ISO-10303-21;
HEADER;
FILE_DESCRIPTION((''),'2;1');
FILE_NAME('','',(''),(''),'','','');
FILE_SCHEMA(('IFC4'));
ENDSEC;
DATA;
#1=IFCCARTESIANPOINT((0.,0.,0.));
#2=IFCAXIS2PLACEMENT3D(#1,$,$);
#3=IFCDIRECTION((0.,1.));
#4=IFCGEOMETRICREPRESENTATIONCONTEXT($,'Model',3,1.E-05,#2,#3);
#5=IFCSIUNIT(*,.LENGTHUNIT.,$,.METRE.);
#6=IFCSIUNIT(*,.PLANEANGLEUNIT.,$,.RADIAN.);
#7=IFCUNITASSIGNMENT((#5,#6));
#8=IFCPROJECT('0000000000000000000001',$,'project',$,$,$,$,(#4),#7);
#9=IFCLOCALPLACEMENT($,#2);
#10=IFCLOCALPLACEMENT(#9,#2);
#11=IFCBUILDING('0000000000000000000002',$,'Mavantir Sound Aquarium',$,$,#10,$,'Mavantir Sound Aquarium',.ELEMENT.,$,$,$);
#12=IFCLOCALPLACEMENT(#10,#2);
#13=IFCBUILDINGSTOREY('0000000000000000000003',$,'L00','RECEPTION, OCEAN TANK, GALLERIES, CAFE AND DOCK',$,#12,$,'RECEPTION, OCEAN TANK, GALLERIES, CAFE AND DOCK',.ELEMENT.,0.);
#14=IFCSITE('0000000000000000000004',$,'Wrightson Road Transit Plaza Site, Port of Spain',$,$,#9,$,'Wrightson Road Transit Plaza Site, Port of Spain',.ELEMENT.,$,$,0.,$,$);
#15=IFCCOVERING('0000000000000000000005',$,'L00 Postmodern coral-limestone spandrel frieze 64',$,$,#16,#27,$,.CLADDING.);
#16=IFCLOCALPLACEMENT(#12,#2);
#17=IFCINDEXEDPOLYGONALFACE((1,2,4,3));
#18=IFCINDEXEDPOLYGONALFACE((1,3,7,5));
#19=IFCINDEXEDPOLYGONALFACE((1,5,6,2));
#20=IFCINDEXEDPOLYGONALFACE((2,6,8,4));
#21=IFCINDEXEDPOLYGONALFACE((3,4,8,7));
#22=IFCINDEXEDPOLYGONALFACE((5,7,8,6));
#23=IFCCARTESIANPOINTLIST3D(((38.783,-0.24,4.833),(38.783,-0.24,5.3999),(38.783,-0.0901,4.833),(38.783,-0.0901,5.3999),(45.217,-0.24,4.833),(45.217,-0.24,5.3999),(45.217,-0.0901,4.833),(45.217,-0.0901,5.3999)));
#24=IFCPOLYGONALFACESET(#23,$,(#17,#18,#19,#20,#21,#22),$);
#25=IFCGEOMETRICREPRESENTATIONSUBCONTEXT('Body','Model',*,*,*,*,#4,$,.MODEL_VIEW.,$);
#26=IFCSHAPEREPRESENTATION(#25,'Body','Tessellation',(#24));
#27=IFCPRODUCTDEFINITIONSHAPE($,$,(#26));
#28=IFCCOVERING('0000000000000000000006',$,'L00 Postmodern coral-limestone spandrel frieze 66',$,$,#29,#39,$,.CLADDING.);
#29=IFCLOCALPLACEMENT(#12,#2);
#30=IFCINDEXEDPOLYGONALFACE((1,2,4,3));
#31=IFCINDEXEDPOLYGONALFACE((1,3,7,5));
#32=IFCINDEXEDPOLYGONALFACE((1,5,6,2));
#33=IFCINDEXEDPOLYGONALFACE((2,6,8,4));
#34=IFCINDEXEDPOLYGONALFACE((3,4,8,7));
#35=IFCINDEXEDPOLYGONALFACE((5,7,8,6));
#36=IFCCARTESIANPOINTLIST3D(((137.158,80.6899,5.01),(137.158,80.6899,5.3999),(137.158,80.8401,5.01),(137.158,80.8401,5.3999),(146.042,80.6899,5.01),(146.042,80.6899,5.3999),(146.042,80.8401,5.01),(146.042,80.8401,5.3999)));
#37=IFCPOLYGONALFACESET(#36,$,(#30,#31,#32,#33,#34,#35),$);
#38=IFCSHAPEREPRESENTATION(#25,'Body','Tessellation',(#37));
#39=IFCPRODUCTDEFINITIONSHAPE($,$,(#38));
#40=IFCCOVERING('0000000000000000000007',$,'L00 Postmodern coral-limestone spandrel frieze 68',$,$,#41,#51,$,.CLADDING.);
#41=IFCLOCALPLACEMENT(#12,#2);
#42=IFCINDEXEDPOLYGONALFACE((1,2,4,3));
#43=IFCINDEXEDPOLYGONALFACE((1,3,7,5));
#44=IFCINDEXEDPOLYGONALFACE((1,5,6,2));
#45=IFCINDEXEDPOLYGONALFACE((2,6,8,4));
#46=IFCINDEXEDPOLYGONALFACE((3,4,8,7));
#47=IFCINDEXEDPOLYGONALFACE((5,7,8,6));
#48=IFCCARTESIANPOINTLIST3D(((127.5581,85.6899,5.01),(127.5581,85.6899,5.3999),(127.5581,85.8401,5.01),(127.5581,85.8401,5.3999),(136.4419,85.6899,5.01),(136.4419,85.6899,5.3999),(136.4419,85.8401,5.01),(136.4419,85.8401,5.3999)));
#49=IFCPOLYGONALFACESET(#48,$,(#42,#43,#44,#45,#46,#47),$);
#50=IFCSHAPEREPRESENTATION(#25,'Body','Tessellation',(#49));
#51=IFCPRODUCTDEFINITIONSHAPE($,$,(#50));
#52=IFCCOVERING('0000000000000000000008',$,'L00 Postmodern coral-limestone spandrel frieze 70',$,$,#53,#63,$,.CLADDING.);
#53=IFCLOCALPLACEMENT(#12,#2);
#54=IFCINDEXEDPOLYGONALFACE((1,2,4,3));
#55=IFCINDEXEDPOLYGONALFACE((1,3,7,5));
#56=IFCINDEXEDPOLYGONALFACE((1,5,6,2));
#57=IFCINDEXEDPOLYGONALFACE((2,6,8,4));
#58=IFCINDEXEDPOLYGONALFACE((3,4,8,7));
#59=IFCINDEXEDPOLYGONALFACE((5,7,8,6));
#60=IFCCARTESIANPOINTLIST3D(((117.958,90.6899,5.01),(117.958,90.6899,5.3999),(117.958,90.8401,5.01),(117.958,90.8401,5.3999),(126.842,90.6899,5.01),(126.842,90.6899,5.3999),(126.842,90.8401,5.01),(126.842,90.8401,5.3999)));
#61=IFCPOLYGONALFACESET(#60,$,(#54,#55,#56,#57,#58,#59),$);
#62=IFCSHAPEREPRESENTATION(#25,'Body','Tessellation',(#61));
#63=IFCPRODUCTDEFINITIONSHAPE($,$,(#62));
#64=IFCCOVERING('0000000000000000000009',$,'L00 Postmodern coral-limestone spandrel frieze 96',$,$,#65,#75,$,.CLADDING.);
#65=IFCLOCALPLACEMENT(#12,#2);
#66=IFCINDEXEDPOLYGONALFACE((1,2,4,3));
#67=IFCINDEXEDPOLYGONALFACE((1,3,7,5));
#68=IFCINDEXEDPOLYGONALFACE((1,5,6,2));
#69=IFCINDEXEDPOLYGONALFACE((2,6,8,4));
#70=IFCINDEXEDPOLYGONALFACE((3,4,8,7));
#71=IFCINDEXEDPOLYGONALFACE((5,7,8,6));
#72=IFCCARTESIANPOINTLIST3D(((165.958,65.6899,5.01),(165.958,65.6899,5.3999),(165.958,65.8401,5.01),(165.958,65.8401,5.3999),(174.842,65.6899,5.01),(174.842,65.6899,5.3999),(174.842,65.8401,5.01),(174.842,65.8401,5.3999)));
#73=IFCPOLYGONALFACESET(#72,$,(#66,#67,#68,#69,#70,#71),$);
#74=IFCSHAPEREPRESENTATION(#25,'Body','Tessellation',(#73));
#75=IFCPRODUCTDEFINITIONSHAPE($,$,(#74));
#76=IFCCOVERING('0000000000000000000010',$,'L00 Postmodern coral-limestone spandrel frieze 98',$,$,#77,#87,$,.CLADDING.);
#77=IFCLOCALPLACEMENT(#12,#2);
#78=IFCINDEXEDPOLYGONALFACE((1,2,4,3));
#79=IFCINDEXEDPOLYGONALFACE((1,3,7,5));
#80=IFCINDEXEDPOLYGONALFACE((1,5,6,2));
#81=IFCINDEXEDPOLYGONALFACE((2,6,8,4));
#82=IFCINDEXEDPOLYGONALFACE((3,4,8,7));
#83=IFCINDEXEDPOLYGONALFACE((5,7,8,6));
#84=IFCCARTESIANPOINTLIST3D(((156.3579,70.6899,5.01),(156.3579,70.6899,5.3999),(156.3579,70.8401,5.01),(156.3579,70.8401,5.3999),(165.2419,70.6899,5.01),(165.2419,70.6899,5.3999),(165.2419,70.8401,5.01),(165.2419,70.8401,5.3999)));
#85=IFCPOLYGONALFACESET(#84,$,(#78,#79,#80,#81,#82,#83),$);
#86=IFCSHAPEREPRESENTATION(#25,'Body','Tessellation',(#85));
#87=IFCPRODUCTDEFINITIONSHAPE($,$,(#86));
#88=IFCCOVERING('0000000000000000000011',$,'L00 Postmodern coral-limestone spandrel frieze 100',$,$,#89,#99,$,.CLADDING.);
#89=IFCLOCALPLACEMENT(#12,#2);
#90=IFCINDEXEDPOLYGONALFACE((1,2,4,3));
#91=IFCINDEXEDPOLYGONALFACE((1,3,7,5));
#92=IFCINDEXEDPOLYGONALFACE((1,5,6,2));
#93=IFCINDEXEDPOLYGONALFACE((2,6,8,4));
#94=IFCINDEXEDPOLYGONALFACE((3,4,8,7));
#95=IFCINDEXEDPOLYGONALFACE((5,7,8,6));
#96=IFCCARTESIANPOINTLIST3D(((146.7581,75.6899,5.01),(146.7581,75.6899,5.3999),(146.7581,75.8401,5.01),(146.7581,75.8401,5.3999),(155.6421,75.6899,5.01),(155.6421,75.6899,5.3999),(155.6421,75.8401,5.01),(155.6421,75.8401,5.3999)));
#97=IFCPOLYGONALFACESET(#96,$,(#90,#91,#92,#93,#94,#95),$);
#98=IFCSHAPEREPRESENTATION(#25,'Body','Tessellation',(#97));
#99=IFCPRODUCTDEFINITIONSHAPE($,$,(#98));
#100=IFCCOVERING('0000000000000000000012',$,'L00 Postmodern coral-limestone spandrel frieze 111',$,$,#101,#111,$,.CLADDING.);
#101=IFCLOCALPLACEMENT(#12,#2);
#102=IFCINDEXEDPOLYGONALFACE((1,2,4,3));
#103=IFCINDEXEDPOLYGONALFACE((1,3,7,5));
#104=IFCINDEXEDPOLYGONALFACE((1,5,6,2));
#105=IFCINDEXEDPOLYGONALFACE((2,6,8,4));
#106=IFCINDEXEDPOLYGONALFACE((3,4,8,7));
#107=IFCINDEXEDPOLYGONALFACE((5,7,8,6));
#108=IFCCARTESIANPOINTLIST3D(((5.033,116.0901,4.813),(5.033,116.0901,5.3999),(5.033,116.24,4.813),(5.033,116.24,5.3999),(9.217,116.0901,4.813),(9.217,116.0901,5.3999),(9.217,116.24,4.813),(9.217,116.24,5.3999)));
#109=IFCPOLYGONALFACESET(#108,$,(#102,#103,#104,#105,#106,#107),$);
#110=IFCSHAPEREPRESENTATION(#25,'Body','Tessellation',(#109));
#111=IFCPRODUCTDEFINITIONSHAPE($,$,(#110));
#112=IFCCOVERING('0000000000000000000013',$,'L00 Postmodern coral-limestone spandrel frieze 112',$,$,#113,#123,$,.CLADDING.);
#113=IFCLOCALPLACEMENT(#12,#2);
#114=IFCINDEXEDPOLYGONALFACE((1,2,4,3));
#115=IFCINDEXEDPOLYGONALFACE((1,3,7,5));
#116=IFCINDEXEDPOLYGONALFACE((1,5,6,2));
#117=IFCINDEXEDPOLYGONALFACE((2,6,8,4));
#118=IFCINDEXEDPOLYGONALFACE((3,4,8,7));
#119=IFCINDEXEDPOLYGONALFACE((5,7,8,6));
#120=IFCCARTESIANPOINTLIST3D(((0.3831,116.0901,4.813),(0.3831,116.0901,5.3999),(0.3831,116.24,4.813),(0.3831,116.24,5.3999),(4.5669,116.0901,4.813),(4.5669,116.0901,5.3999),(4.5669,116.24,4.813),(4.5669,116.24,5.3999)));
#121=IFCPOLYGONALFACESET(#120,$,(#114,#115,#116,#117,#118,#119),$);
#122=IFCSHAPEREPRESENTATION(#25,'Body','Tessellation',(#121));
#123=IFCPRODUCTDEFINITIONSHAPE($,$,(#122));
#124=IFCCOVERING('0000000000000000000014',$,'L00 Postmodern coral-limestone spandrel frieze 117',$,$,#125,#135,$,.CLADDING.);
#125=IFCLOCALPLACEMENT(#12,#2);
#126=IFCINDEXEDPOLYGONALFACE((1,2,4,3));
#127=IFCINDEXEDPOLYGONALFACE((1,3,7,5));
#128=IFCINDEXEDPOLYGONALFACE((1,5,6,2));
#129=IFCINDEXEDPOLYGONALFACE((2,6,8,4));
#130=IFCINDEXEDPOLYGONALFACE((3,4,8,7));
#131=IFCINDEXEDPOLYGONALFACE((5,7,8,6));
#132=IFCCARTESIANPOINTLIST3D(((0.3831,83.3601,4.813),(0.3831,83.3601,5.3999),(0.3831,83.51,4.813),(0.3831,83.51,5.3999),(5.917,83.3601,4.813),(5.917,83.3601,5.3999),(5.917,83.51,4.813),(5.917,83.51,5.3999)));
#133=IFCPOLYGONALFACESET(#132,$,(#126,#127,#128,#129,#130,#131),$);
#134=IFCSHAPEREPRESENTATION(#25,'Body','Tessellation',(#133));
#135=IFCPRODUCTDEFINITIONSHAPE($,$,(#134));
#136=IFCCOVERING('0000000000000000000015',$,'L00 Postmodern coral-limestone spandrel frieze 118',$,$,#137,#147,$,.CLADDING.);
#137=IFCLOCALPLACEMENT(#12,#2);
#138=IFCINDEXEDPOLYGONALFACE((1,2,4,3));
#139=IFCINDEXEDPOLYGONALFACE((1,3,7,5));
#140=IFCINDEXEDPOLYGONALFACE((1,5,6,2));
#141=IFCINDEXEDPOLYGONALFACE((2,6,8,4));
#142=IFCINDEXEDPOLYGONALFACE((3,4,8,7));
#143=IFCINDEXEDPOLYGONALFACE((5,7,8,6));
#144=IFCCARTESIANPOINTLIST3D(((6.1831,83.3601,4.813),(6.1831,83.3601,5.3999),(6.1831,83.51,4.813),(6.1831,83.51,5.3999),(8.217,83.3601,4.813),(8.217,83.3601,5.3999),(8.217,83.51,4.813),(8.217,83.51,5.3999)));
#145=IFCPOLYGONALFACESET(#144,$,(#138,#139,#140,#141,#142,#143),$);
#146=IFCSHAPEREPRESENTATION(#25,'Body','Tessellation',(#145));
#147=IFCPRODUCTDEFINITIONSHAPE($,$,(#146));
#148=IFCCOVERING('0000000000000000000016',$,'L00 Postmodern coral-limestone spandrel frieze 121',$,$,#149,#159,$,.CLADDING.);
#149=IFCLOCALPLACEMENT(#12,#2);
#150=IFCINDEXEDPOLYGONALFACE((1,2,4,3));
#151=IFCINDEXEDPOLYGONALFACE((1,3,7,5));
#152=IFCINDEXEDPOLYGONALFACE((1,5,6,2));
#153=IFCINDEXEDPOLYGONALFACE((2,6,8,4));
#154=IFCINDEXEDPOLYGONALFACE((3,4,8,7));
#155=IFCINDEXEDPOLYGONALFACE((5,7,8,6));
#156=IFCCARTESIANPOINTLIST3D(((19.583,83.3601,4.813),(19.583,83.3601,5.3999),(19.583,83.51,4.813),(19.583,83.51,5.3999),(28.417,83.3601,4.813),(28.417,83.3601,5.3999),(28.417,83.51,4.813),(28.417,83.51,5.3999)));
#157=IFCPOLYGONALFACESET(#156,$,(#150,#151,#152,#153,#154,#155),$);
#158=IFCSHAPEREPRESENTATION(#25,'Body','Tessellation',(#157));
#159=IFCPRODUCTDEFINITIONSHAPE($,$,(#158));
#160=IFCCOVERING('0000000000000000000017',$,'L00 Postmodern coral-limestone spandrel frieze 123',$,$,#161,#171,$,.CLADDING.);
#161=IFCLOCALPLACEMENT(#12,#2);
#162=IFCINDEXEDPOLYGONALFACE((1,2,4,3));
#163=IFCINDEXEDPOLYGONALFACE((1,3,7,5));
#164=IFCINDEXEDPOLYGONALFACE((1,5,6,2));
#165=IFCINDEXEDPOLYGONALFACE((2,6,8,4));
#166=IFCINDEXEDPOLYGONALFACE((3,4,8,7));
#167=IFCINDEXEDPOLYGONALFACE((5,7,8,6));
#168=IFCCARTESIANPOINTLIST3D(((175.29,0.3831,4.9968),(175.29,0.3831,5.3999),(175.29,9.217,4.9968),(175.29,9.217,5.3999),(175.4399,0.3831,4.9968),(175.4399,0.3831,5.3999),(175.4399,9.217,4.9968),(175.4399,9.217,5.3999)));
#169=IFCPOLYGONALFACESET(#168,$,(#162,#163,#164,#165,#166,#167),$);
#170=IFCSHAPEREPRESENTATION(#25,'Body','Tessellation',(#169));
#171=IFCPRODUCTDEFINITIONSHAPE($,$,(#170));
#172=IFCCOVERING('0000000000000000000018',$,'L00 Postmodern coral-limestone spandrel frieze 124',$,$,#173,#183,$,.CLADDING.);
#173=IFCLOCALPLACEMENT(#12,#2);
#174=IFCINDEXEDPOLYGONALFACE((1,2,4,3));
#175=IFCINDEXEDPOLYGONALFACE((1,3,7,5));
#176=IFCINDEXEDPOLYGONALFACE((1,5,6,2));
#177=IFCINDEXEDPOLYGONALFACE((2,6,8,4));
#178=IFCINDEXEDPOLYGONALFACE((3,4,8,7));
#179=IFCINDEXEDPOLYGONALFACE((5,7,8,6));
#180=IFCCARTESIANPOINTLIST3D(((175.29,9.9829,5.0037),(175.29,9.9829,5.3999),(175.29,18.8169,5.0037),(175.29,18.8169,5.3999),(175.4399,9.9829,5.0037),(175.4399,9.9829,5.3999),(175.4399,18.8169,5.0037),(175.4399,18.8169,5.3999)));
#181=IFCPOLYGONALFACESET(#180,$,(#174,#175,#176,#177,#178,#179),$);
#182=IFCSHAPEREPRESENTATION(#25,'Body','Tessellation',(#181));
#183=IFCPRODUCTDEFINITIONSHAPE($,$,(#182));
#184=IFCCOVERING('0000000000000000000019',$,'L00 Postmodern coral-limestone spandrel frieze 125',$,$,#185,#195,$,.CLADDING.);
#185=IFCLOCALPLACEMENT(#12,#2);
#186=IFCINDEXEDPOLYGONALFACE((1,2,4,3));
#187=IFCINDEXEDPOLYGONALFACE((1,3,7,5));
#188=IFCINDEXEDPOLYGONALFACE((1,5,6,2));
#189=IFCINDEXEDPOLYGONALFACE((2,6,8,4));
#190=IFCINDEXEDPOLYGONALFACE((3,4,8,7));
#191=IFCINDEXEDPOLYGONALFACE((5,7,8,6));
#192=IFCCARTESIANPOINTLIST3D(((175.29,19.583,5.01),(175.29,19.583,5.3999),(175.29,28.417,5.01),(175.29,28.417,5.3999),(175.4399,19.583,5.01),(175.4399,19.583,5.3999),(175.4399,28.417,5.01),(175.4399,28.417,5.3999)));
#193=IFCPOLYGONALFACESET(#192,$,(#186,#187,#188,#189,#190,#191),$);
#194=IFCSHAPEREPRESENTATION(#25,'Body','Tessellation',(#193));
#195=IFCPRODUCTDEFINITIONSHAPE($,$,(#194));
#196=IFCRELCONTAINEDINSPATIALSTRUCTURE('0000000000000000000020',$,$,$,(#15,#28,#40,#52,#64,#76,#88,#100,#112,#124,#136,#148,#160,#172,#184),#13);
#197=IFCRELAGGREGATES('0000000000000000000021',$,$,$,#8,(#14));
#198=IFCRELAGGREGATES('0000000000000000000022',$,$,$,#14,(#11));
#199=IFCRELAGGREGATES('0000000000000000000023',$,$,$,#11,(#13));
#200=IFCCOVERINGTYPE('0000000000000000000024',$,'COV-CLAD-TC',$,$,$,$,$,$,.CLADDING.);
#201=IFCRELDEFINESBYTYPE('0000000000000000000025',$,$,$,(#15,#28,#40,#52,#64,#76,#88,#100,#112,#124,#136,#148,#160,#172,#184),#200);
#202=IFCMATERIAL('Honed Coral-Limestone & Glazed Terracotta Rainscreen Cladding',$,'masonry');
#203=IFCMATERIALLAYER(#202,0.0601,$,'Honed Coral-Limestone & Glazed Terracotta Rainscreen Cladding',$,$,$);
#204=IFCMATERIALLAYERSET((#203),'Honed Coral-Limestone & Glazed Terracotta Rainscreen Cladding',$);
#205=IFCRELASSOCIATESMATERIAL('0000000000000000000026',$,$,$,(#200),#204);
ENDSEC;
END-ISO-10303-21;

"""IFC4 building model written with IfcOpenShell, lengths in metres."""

from ifc_helpers import new_model, si_unit, direction, frame, origin, place, context, subcontext, project, spatial, polyline, outline, extrude, material, layer, layer_set, type_object, element, save


model = new_model("IFC4")

# Units and contexts
model_context = context("Model", 3, precision=1e-05, world=origin(), true_north=direction((0.0, 1.0)))
body_context = subcontext(model_context, "Body", "Model", "MODEL_VIEW")
ifc_project = project(units=[si_unit("LENGTHUNIT", "METRE"), si_unit("PLANEANGLEUNIT", "RADIAN")], contexts=[model_context])

# Site, building, storey
site_placement = place(None, origin())
site = spatial("IfcSite", under=ifc_project, at=site_placement, Name="Wrightson Road Transit Plaza Site, Port of Spain", LongName="Wrightson Road Transit Plaza Site, Port of Spain", CompositionType="ELEMENT", RefElevation=0.0)
building_placement = place(site_placement, origin())
building = spatial("IfcBuilding", under=site, at=building_placement, Name="Mavantir Sound Aquarium", LongName="Mavantir Sound Aquarium", CompositionType="ELEMENT")
storey_placement = place(building_placement, origin())
storey = spatial("IfcBuildingStorey", under=building, at=storey_placement, Name="L00", Description="RECEPTION, OCEAN TANK, GALLERIES, CAFE AND DOCK", LongName="RECEPTION, OCEAN TANK, GALLERIES, CAFE AND DOCK", CompositionType="ELEMENT", Elevation=0.0)

# Coverings
ifc_material = material(Name="Honed Coral-Limestone & Glazed Terracotta Rainscreen Cladding", Category="masonry")
ifc_layer = layer(ifc_material, 0.0601, Name="Honed Coral-Limestone & Glazed Terracotta Rainscreen Cladding")
ifc_layer_set = layer_set([ifc_layer], Name="Honed Coral-Limestone & Glazed Terracotta Rainscreen Cladding")
covering_type = type_object("IfcCoveringType", Name="COV-CLAD-TC", PredefinedType="CLADDING", material=ifc_layer_set)
covering_1_placement = place(storey_placement, frame((0.0, 0.0, 4.833)))
element("IfcCovering", 1, at=covering_1_placement, inside=storey, type_object=covering_type, Name="L00 Postmodern coral-limestone spandrel frieze 64", PredefinedType="CLADDING", context=body_context, shape_type="SweptSolid", body=[
    extrude(outline(polyline([(38.783, -0.0901), (45.217, -0.0901), (45.217, -0.24), (38.783, -0.24), (38.783, -0.0901)])), origin(), (0.0, 0.0, 1.0), 0.5669),
])
covering_2_placement = place(storey_placement, frame((0.0, 0.0, 5.01)))
element("IfcCovering", 2, at=covering_2_placement, inside=storey, type_object=covering_type, Name="L00 Postmodern coral-limestone spandrel frieze 66", PredefinedType="CLADDING", context=body_context, shape_type="SweptSolid", body=[
    extrude(outline(polyline([(146.042, 80.6899), (137.158, 80.6899), (137.158, 80.8401), (146.042, 80.8401), (146.042, 80.6899)])), origin(), (0.0, 0.0, 1.0), 0.3899),
])
covering_3_placement = place(storey_placement, frame((0.0, 0.0, 5.01)))
element("IfcCovering", 3, at=covering_3_placement, inside=storey, type_object=covering_type, Name="L00 Postmodern coral-limestone spandrel frieze 68", PredefinedType="CLADDING", context=body_context, shape_type="SweptSolid", body=[
    extrude(outline(polyline([(136.4419, 85.6899), (127.5581, 85.6899), (127.5581, 85.8401), (136.4419, 85.8401), (136.4419, 85.6899)])), origin(), (0.0, 0.0, 1.0), 0.3899),
])
covering_4_placement = place(storey_placement, frame((0.0, 0.0, 5.01)))
element("IfcCovering", 4, at=covering_4_placement, inside=storey, type_object=covering_type, Name="L00 Postmodern coral-limestone spandrel frieze 70", PredefinedType="CLADDING", context=body_context, shape_type="SweptSolid", body=[
    extrude(outline(polyline([(126.842, 90.6899), (117.958, 90.6899), (117.958, 90.8401), (126.842, 90.8401), (126.842, 90.6899)])), origin(), (0.0, 0.0, 1.0), 0.3899),
])
covering_5_placement = place(storey_placement, frame((0.0, 0.0, 5.01)))
element("IfcCovering", 5, at=covering_5_placement, inside=storey, type_object=covering_type, Name="L00 Postmodern coral-limestone spandrel frieze 96", PredefinedType="CLADDING", context=body_context, shape_type="SweptSolid", body=[
    extrude(outline(polyline([(174.842, 65.6899), (165.958, 65.6899), (165.958, 65.8401), (174.842, 65.8401), (174.842, 65.6899)])), origin(), (0.0, 0.0, 1.0), 0.3899),
])
covering_6_placement = place(storey_placement, frame((0.0, 0.0, 5.01)))
element("IfcCovering", 6, at=covering_6_placement, inside=storey, type_object=covering_type, Name="L00 Postmodern coral-limestone spandrel frieze 98", PredefinedType="CLADDING", context=body_context, shape_type="SweptSolid", body=[
    extrude(outline(polyline([(165.2419, 70.6899), (156.3579, 70.6899), (156.3579, 70.8401), (165.2419, 70.8401), (165.2419, 70.6899)])), origin(), (0.0, 0.0, 1.0), 0.3899),
])
covering_7_placement = place(storey_placement, frame((0.0, 0.0, 5.01)))
element("IfcCovering", 7, at=covering_7_placement, inside=storey, type_object=covering_type, Name="L00 Postmodern coral-limestone spandrel frieze 100", PredefinedType="CLADDING", context=body_context, shape_type="SweptSolid", body=[
    extrude(outline(polyline([(155.6421, 75.6899), (146.7581, 75.6899), (146.7581, 75.8401), (155.6421, 75.8401), (155.6421, 75.6899)])), origin(), (0.0, 0.0, 1.0), 0.3899),
])
covering_8_placement = place(storey_placement, frame((0.0, 0.0, 4.813)))
element("IfcCovering", 8, at=covering_8_placement, inside=storey, type_object=covering_type, Name="L00 Postmodern coral-limestone spandrel frieze 111", PredefinedType="CLADDING", context=body_context, shape_type="SweptSolid", body=[
    extrude(outline(polyline([(9.217, 116.0901), (5.033, 116.0901), (5.033, 116.24), (9.217, 116.24), (9.217, 116.0901)])), origin(), (0.0, 0.0, 1.0), 0.5869),
])
covering_9_placement = place(storey_placement, frame((0.0, 0.0, 4.813)))
element("IfcCovering", 9, at=covering_9_placement, inside=storey, type_object=covering_type, Name="L00 Postmodern coral-limestone spandrel frieze 112", PredefinedType="CLADDING", context=body_context, shape_type="SweptSolid", body=[
    extrude(outline(polyline([(4.5669, 116.0901), (0.3831, 116.0901), (0.3831, 116.24), (4.5669, 116.24), (4.5669, 116.0901)])), origin(), (0.0, 0.0, 1.0), 0.5869),
])
covering_10_placement = place(storey_placement, frame((0.0, 0.0, 4.813)))
element("IfcCovering", 10, at=covering_10_placement, inside=storey, type_object=covering_type, Name="L00 Postmodern coral-limestone spandrel frieze 117", PredefinedType="CLADDING", context=body_context, shape_type="SweptSolid", body=[
    extrude(outline(polyline([(0.3831, 83.51), (5.917, 83.51), (5.917, 83.3601), (0.3831, 83.3601), (0.3831, 83.51)])), origin(), (0.0, 0.0, 1.0), 0.5869),
])
covering_11_placement = place(storey_placement, frame((0.0, 0.0, 4.813)))
element("IfcCovering", 11, at=covering_11_placement, inside=storey, type_object=covering_type, Name="L00 Postmodern coral-limestone spandrel frieze 118", PredefinedType="CLADDING", context=body_context, shape_type="SweptSolid", body=[
    extrude(outline(polyline([(6.1831, 83.51), (8.217, 83.51), (8.217, 83.3601), (6.1831, 83.3601), (6.1831, 83.51)])), origin(), (0.0, 0.0, 1.0), 0.5869),
])
covering_12_placement = place(storey_placement, frame((0.0, 0.0, 4.813)))
element("IfcCovering", 12, at=covering_12_placement, inside=storey, type_object=covering_type, Name="L00 Postmodern coral-limestone spandrel frieze 121", PredefinedType="CLADDING", context=body_context, shape_type="SweptSolid", body=[
    extrude(outline(polyline([(19.583, 83.51), (28.417, 83.51), (28.417, 83.3601), (19.583, 83.3601), (19.583, 83.51)])), origin(), (0.0, 0.0, 1.0), 0.5869),
])
covering_13_placement = place(storey_placement, frame((0.0, 0.0, 4.9968)))
element("IfcCovering", 13, at=covering_13_placement, inside=storey, type_object=covering_type, Name="L00 Postmodern coral-limestone spandrel frieze 123", PredefinedType="CLADDING", context=body_context, shape_type="SweptSolid", body=[
    extrude(outline(polyline([(175.29, 0.3831), (175.29, 9.217), (175.4399, 9.217), (175.4399, 0.3831), (175.29, 0.3831)])), origin(), (0.0, 0.0, 1.0), 0.4031),
])
covering_14_placement = place(storey_placement, frame((0.0, 0.0, 5.0037)))
element("IfcCovering", 14, at=covering_14_placement, inside=storey, type_object=covering_type, Name="L00 Postmodern coral-limestone spandrel frieze 124", PredefinedType="CLADDING", context=body_context, shape_type="SweptSolid", body=[
    extrude(outline(polyline([(175.29, 9.9829), (175.29, 18.8169), (175.4399, 18.8169), (175.4399, 9.9829), (175.29, 9.9829)])), origin(), (0.0, 0.0, 1.0), 0.3962),
])
covering_15_placement = place(storey_placement, frame((0.0, 0.0, 5.01)))
element("IfcCovering", 15, at=covering_15_placement, inside=storey, type_object=covering_type, Name="L00 Postmodern coral-limestone spandrel frieze 125", PredefinedType="CLADDING", context=body_context, shape_type="SweptSolid", body=[
    extrude(outline(polyline([(175.29, 19.583), (175.29, 28.417), (175.4399, 28.417), (175.4399, 19.583), (175.29, 19.583)])), origin(), (0.0, 0.0, 1.0), 0.3899),
])

save(model, "model.ifc")
